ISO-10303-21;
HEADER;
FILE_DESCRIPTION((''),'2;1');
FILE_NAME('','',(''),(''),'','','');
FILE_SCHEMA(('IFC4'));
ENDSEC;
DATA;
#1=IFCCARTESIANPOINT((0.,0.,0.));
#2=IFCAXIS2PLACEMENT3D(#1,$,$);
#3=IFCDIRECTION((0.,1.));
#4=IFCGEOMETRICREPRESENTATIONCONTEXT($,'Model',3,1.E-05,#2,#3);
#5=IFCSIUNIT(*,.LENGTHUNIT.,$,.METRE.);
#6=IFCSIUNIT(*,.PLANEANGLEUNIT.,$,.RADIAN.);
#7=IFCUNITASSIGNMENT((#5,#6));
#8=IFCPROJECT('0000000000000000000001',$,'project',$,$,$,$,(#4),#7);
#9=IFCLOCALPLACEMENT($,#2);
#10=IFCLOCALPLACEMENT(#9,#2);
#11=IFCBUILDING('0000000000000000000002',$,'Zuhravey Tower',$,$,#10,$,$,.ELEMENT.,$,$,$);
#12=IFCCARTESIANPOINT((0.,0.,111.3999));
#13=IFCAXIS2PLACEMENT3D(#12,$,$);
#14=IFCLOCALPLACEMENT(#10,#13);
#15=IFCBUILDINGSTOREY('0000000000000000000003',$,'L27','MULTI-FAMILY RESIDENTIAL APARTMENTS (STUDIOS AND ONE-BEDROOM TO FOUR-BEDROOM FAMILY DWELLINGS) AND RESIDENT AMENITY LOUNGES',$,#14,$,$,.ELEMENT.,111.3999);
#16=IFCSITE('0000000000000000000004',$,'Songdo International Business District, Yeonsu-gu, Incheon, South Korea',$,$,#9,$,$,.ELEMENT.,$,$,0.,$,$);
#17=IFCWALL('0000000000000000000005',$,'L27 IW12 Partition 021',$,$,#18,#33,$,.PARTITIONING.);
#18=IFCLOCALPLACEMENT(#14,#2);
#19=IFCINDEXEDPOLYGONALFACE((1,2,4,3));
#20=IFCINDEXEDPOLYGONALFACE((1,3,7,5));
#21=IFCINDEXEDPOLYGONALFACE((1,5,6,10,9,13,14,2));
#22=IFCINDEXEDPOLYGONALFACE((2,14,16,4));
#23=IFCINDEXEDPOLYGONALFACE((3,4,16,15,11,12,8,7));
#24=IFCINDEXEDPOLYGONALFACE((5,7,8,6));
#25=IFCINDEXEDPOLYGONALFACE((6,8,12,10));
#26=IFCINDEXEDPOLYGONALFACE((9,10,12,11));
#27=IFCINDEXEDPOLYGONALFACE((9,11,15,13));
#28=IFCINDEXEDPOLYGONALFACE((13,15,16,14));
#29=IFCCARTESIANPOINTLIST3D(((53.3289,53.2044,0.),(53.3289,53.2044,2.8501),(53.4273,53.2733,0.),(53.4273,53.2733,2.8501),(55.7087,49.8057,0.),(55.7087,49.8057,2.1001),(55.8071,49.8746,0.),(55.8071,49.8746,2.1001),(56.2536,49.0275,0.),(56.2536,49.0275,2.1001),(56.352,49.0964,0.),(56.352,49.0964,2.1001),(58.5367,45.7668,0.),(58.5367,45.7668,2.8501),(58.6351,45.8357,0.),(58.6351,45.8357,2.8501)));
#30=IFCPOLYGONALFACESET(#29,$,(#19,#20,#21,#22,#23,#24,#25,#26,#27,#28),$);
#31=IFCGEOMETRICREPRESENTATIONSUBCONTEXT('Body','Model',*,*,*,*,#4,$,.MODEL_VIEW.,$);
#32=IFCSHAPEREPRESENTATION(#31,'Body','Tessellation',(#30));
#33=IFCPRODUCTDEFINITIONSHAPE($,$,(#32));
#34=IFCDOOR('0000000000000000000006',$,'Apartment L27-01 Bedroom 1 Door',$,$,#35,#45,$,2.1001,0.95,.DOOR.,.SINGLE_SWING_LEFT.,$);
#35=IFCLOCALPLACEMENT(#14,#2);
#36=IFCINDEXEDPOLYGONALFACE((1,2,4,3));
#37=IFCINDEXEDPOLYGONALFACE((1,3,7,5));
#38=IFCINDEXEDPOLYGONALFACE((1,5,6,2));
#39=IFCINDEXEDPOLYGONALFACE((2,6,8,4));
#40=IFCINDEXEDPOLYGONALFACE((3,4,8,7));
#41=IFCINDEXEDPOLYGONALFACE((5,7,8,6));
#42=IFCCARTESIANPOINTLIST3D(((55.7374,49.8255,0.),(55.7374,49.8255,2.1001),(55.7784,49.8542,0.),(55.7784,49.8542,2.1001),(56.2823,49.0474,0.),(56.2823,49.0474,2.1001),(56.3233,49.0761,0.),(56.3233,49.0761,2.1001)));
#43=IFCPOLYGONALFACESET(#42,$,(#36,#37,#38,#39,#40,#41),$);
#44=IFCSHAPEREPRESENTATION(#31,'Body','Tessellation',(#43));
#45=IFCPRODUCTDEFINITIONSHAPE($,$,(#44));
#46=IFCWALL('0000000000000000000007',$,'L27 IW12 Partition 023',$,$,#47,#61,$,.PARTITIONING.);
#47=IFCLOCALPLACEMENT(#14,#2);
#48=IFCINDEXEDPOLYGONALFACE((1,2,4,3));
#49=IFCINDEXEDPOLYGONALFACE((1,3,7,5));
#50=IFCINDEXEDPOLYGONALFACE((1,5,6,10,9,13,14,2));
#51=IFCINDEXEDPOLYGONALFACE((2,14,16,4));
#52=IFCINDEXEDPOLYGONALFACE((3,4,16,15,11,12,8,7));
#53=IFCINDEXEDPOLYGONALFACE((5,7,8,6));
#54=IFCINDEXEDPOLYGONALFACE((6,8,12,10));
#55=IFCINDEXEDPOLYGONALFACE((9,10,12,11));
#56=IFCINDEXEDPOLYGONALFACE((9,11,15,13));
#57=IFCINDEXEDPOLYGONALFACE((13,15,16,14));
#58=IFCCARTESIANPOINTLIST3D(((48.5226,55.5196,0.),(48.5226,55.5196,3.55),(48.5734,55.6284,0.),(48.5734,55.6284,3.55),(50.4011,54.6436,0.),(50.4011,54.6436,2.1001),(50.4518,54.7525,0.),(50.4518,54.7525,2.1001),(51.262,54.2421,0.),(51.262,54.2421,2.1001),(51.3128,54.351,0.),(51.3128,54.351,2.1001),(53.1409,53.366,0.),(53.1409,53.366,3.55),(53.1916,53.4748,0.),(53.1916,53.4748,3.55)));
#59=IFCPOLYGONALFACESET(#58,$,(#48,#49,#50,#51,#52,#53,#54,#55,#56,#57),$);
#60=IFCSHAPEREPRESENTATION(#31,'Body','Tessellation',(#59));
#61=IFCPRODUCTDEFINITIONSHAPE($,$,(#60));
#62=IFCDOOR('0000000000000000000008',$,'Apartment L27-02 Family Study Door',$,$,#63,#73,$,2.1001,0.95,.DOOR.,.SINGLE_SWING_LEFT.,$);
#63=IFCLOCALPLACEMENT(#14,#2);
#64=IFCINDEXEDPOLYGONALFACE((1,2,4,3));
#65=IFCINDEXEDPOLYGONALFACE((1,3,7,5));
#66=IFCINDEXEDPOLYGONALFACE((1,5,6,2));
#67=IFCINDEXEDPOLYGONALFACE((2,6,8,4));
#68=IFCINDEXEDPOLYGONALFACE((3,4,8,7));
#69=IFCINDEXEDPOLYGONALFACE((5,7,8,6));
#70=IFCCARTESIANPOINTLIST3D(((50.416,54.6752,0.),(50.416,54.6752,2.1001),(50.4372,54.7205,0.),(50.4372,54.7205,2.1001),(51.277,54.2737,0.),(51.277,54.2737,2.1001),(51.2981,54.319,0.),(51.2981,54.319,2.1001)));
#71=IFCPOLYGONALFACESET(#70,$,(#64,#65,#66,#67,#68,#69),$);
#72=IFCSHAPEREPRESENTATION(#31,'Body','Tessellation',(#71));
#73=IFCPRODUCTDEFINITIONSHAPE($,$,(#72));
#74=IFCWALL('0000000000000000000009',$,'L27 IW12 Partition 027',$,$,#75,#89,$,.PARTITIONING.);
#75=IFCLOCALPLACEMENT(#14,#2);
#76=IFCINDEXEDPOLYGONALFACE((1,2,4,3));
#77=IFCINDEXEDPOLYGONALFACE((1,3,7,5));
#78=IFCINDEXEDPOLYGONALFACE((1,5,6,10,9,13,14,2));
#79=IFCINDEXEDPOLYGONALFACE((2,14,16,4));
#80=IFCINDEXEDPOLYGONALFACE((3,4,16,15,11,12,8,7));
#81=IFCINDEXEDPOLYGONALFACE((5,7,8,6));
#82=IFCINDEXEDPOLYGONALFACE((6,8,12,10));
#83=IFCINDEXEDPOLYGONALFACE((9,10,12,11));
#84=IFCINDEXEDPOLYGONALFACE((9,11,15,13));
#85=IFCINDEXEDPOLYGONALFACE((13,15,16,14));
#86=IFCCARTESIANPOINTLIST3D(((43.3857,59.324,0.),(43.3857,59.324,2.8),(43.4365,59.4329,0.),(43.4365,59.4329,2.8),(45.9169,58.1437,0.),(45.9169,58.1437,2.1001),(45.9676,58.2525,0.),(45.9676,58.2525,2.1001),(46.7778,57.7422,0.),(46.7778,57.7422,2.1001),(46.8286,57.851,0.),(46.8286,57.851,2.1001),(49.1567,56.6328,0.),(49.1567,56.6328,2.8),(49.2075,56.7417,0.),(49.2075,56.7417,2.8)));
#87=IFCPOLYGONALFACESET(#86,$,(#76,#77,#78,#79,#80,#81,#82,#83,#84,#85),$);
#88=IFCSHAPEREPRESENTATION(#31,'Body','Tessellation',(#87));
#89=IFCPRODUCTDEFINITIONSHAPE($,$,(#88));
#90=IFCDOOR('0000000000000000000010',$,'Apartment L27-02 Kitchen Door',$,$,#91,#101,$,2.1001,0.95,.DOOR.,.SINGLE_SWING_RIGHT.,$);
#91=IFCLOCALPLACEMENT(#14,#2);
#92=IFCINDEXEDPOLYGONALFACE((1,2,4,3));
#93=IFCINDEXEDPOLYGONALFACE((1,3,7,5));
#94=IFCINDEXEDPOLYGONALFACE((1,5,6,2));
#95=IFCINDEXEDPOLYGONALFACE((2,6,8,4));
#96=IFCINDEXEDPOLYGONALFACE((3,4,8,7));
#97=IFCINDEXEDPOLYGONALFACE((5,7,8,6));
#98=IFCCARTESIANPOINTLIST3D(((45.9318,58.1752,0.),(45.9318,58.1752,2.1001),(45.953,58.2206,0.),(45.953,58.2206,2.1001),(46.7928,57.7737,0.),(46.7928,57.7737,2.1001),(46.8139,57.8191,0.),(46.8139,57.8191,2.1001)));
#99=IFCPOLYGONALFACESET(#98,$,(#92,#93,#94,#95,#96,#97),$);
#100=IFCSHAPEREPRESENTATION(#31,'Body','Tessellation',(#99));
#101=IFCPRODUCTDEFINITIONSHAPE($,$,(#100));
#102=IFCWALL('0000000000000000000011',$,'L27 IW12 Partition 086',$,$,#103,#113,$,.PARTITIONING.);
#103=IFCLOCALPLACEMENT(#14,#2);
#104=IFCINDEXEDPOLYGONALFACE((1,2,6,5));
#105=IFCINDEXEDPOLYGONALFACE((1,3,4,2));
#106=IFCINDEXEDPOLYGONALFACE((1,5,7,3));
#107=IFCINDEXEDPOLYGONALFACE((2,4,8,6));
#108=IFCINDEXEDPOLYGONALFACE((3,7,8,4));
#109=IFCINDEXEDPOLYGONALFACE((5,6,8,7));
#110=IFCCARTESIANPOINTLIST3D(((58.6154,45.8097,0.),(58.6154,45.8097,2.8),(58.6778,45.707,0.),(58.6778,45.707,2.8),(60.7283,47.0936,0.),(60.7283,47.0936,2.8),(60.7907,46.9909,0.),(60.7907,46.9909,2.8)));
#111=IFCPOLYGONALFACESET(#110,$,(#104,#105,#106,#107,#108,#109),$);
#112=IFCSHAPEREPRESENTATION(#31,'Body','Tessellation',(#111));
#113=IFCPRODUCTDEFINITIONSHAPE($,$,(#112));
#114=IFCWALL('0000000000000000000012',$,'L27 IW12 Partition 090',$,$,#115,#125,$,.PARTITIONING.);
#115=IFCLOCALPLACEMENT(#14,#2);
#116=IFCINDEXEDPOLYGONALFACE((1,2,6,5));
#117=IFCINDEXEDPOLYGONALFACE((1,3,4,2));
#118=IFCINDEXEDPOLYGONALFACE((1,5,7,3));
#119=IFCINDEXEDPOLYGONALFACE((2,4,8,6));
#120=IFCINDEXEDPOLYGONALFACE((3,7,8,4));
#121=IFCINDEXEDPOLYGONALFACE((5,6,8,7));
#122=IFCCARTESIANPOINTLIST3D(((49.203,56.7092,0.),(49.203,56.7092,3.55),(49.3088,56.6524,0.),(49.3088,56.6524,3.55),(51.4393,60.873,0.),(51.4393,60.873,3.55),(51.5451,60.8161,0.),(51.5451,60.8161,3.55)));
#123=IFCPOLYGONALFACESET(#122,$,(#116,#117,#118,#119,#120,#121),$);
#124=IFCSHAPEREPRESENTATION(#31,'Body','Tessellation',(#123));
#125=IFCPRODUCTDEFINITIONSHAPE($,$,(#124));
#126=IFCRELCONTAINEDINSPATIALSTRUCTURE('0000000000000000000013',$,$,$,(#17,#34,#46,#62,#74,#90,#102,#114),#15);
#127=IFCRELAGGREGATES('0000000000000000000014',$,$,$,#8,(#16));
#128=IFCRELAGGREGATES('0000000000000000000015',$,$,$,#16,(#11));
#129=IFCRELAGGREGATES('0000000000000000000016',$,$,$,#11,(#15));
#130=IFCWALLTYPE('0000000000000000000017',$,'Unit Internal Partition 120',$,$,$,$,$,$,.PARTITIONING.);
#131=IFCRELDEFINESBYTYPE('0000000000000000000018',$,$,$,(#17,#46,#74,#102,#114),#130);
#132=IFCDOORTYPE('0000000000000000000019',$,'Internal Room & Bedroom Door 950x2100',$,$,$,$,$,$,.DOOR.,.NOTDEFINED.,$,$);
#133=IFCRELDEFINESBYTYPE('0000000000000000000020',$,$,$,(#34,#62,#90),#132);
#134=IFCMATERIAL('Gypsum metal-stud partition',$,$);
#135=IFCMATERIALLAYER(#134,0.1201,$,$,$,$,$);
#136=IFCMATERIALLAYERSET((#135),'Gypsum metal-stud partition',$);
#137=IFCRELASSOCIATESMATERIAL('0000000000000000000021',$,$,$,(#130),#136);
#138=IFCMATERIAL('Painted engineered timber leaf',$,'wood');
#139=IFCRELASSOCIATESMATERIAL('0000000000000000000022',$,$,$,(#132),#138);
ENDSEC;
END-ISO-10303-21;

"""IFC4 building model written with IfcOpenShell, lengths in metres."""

from ifc_helpers import new_model, si_unit, direction, frame, frame_2d, origin, place, context, subcontext, project, spatial, rectangle, extrude, material, layer, layer_set, type_object, element, fill, save


model = new_model("IFC4")

# Units and contexts
model_context = context("Model", 3, precision=1e-05, world=origin(), true_north=direction((0.0, 1.0)))
body_context = subcontext(model_context, "Body", "Model", "MODEL_VIEW")
ifc_project = project(units=[si_unit("LENGTHUNIT", "METRE"), si_unit("PLANEANGLEUNIT", "RADIAN")], contexts=[model_context])

# Site, building, storey
site_placement = place(None, origin())
site = spatial("IfcSite", under=ifc_project, at=site_placement, Name="Songdo International Business District, Yeonsu-gu, Incheon, South Korea", CompositionType="ELEMENT", RefElevation=0.0)
building_placement = place(site_placement, origin())
building = spatial("IfcBuilding", under=site, at=building_placement, Name="Zuhravey Tower", CompositionType="ELEMENT")
storey_placement = place(building_placement, frame((0.0, 0.0, 111.3999)))
storey = spatial("IfcBuildingStorey", under=building, at=storey_placement, Name="L27", Description="MULTI-FAMILY RESIDENTIAL APARTMENTS (STUDIOS AND ONE-BEDROOM TO FOUR-BEDROOM FAMILY DWELLINGS) AND RESIDENT AMENITY LOUNGES", CompositionType="ELEMENT", Elevation=111.3999)

# Walls, openings, doors
ifc_material_1 = material(Name="Gypsum metal-stud partition")
ifc_layer_1 = layer(ifc_material_1, 0.1201)
ifc_layer_set_1 = layer_set([ifc_layer_1], Name="Gypsum metal-stud partition")
wall_type_1 = type_object("IfcWallType", Name="Unit Internal Partition 120", PredefinedType="PARTITIONING", material=ifc_layer_set_1)
wall_1_placement = place(storey_placement, frame((58.5859, 45.8013, 0.0), z_axis=(0.0, 0.0, 1.0), x_axis=(-0.573574, 0.819154, 0.0)))
wall_1 = element("IfcWall", 1, at=wall_1_placement, inside=storey, type_object=wall_type_1, Name="L27 IW12 Partition 021", PredefinedType="PARTITIONING", context=body_context, shape_type="SweptSolid", body=[
    extrude(rectangle(XDim=9.0796, YDim=0.1201, at=frame_2d((4.5398, 0.0))), origin(), (0.0, 0.0, 1.0), 2.8501),
])
opening_1_placement = place(wall_1_placement, frame((3.9805, 0.0, 0.0)))
opening_1 = element("IfcOpeningElement", 2, at=opening_1_placement, cuts=wall_1, PredefinedType="OPENING", context=body_context, shape_type="SweptSolid", body=[
    extrude(rectangle(XDim=0.95, YDim=2.1001, at=frame_2d((0.4751, 1.05))), frame((0.0, 0.072, 0.0), z_axis=(0.0, -1.0, 0.0), x_axis=(1.0, 0.0, 0.0)), (0.0, 0.0, 1.0), 0.144),
])
ifc_material_2 = material(Name="Painted engineered timber leaf", Category="wood")
door_type_1 = type_object("IfcDoorType", Name="Internal Room & Bedroom Door 950x2100", OperationType="NOTDEFINED", PredefinedType="DOOR", material=ifc_material_2)
door_1_placement = place(opening_1_placement, frame((0.95, 0.0, 0.0), z_axis=(0.0, 0.0, 1.0), x_axis=(-1.0, 0.0, 0.0)))
door_1 = element("IfcDoor", 3, at=door_1_placement, inside=storey, type_object=door_type_1, Name="Apartment L27-01 Bedroom 1 Door", OperationType="SINGLE_SWING_LEFT", OverallHeight=2.1001, OverallWidth=0.95, PredefinedType="DOOR", context=body_context, shape_type="SweptSolid", body=[
    extrude(rectangle(XDim=0.95, YDim=2.1001, at=frame_2d((0.4751, 1.05))), frame((0.0, 0.0249, 0.0), z_axis=(0.0, -1.0, 0.0), x_axis=(1.0, 0.0, 0.0)), (0.0, 0.0, 1.0), 0.05),
])
fill(opening_1, door_1)
wall_2_placement = place(storey_placement, frame((53.1663, 53.4204, 0.0), z_axis=(0.0, 0.0, 1.0), x_axis=(-0.906302, 0.422631, 0.0)))
wall_2 = element("IfcWall", 4, at=wall_2_placement, inside=storey, type_object=wall_type_1, Name="L27 IW12 Partition 023", PredefinedType="PARTITIONING", context=body_context, shape_type="SweptSolid", body=[
    extrude(rectangle(XDim=5.0957, YDim=0.1201, at=frame_2d((2.5479, 0.0))), origin(), (0.0, 0.0, 1.0), 3.55),
])
opening_2_placement = place(wall_2_placement, frame((2.073, 0.0, 0.0)))
opening_2 = element("IfcOpeningElement", 5, at=opening_2_placement, cuts=wall_2, PredefinedType="OPENING", context=body_context, shape_type="SweptSolid", body=[
    extrude(rectangle(XDim=0.95, YDim=2.1001, at=frame_2d((0.4751, 1.05))), frame((0.0, 0.072, 0.0), z_axis=(0.0, -1.0, 0.0), x_axis=(1.0, 0.0, 0.0)), (0.0, 0.0, 1.0), 0.144),
])
door_2_placement = place(opening_2_placement, frame((0.95, 0.0, 0.0), z_axis=(0.0, 0.0, 1.0), x_axis=(-1.0, 0.0, 0.0)))
door_2 = element("IfcDoor", 6, at=door_2_placement, inside=storey, type_object=door_type_1, Name="Apartment L27-02 Family Study Door", OperationType="SINGLE_SWING_LEFT", OverallHeight=2.1001, OverallWidth=0.95, PredefinedType="DOOR", context=body_context, shape_type="SweptSolid", body=[
    extrude(rectangle(XDim=0.95, YDim=2.1001, at=frame_2d((0.4751, 1.05))), frame((0.0, 0.0249, 0.0), z_axis=(0.0, -1.0, 0.0), x_axis=(1.0, 0.0, 0.0)), (0.0, 0.0, 1.0), 0.05),
])
fill(opening_2, door_2)
wall_3_placement = place(storey_placement, frame((49.1821, 56.6873, 0.0), z_axis=(0.0, 0.0, 1.0), x_axis=(-0.906302, 0.422631, 0.0)))
wall_3 = element("IfcWall", 7, at=wall_3_placement, inside=storey, type_object=wall_type_1, Name="L27 IW12 Partition 027", PredefinedType="PARTITIONING", context=body_context, shape_type="SweptSolid", body=[
    extrude(rectangle(XDim=6.3677, YDim=0.1201, at=frame_2d((3.1838, 0.0))), origin(), (0.0, 0.0, 1.0), 2.8),
])
opening_3_placement = place(wall_3_placement, frame((2.6248, 0.0, 0.0)))
opening_3 = element("IfcOpeningElement", 8, at=opening_3_placement, cuts=wall_3, PredefinedType="OPENING", context=body_context, shape_type="SweptSolid", body=[
    extrude(rectangle(XDim=0.95, YDim=2.1001, at=frame_2d((0.4751, 1.05))), frame((0.0, 0.072, 0.0), z_axis=(0.0, -1.0, 0.0), x_axis=(1.0, 0.0, 0.0)), (0.0, 0.0, 1.0), 0.144),
])
door_3_placement = place(opening_3_placement, frame((0.95, 0.0, 0.0), z_axis=(0.0, 0.0, 1.0), x_axis=(-1.0, 0.0, 0.0)))
door_3 = element("IfcDoor", 9, at=door_3_placement, inside=storey, type_object=door_type_1, Name="Apartment L27-02 Kitchen Door", OperationType="SINGLE_SWING_RIGHT", OverallHeight=2.1001, OverallWidth=0.95, PredefinedType="DOOR", context=body_context, shape_type="SweptSolid", body=[
    extrude(rectangle(XDim=0.95, YDim=2.1001, at=frame_2d((0.4751, 1.05))), frame((0.0, 0.0249, 0.0), z_axis=(0.0, -1.0, 0.0), x_axis=(1.0, 0.0, 0.0)), (0.0, 0.0, 1.0), 0.05),
])
fill(opening_3, door_3)

# Walls
wall_4_placement = place(storey_placement, frame((58.6465, 45.7583, 0.0), z_axis=(0.0, 0.0, 1.0), x_axis=(0.854604, 0.51928, 0.0)))
element("IfcWall", 10, at=wall_4_placement, inside=storey, type_object=wall_type_1, Name="L27 IW12 Partition 086", PredefinedType="PARTITIONING", context=body_context, shape_type="SweptSolid", body=[
    extrude(rectangle(XDim=2.4724, YDim=0.1201, at=frame_2d((1.2363, 0.0))), origin(), (0.0, 0.0, 1.0), 2.8),
])
wall_5_placement = place(storey_placement, frame((49.2559, 56.6807, 0.0), z_axis=(0.0, 0.0, 1.0), x_axis=(0.47316, 0.880976, 0.0)))
element("IfcWall", 11, at=wall_5_placement, inside=storey, type_object=wall_type_1, Name="L27 IW12 Partition 090", PredefinedType="PARTITIONING", context=body_context, shape_type="SweptSolid", body=[
    extrude(rectangle(XDim=4.7263, YDim=0.1201, at=frame_2d((2.3633, 0.0))), origin(), (0.0, 0.0, 1.0), 3.55),
])

save(model, "model.ifc")
